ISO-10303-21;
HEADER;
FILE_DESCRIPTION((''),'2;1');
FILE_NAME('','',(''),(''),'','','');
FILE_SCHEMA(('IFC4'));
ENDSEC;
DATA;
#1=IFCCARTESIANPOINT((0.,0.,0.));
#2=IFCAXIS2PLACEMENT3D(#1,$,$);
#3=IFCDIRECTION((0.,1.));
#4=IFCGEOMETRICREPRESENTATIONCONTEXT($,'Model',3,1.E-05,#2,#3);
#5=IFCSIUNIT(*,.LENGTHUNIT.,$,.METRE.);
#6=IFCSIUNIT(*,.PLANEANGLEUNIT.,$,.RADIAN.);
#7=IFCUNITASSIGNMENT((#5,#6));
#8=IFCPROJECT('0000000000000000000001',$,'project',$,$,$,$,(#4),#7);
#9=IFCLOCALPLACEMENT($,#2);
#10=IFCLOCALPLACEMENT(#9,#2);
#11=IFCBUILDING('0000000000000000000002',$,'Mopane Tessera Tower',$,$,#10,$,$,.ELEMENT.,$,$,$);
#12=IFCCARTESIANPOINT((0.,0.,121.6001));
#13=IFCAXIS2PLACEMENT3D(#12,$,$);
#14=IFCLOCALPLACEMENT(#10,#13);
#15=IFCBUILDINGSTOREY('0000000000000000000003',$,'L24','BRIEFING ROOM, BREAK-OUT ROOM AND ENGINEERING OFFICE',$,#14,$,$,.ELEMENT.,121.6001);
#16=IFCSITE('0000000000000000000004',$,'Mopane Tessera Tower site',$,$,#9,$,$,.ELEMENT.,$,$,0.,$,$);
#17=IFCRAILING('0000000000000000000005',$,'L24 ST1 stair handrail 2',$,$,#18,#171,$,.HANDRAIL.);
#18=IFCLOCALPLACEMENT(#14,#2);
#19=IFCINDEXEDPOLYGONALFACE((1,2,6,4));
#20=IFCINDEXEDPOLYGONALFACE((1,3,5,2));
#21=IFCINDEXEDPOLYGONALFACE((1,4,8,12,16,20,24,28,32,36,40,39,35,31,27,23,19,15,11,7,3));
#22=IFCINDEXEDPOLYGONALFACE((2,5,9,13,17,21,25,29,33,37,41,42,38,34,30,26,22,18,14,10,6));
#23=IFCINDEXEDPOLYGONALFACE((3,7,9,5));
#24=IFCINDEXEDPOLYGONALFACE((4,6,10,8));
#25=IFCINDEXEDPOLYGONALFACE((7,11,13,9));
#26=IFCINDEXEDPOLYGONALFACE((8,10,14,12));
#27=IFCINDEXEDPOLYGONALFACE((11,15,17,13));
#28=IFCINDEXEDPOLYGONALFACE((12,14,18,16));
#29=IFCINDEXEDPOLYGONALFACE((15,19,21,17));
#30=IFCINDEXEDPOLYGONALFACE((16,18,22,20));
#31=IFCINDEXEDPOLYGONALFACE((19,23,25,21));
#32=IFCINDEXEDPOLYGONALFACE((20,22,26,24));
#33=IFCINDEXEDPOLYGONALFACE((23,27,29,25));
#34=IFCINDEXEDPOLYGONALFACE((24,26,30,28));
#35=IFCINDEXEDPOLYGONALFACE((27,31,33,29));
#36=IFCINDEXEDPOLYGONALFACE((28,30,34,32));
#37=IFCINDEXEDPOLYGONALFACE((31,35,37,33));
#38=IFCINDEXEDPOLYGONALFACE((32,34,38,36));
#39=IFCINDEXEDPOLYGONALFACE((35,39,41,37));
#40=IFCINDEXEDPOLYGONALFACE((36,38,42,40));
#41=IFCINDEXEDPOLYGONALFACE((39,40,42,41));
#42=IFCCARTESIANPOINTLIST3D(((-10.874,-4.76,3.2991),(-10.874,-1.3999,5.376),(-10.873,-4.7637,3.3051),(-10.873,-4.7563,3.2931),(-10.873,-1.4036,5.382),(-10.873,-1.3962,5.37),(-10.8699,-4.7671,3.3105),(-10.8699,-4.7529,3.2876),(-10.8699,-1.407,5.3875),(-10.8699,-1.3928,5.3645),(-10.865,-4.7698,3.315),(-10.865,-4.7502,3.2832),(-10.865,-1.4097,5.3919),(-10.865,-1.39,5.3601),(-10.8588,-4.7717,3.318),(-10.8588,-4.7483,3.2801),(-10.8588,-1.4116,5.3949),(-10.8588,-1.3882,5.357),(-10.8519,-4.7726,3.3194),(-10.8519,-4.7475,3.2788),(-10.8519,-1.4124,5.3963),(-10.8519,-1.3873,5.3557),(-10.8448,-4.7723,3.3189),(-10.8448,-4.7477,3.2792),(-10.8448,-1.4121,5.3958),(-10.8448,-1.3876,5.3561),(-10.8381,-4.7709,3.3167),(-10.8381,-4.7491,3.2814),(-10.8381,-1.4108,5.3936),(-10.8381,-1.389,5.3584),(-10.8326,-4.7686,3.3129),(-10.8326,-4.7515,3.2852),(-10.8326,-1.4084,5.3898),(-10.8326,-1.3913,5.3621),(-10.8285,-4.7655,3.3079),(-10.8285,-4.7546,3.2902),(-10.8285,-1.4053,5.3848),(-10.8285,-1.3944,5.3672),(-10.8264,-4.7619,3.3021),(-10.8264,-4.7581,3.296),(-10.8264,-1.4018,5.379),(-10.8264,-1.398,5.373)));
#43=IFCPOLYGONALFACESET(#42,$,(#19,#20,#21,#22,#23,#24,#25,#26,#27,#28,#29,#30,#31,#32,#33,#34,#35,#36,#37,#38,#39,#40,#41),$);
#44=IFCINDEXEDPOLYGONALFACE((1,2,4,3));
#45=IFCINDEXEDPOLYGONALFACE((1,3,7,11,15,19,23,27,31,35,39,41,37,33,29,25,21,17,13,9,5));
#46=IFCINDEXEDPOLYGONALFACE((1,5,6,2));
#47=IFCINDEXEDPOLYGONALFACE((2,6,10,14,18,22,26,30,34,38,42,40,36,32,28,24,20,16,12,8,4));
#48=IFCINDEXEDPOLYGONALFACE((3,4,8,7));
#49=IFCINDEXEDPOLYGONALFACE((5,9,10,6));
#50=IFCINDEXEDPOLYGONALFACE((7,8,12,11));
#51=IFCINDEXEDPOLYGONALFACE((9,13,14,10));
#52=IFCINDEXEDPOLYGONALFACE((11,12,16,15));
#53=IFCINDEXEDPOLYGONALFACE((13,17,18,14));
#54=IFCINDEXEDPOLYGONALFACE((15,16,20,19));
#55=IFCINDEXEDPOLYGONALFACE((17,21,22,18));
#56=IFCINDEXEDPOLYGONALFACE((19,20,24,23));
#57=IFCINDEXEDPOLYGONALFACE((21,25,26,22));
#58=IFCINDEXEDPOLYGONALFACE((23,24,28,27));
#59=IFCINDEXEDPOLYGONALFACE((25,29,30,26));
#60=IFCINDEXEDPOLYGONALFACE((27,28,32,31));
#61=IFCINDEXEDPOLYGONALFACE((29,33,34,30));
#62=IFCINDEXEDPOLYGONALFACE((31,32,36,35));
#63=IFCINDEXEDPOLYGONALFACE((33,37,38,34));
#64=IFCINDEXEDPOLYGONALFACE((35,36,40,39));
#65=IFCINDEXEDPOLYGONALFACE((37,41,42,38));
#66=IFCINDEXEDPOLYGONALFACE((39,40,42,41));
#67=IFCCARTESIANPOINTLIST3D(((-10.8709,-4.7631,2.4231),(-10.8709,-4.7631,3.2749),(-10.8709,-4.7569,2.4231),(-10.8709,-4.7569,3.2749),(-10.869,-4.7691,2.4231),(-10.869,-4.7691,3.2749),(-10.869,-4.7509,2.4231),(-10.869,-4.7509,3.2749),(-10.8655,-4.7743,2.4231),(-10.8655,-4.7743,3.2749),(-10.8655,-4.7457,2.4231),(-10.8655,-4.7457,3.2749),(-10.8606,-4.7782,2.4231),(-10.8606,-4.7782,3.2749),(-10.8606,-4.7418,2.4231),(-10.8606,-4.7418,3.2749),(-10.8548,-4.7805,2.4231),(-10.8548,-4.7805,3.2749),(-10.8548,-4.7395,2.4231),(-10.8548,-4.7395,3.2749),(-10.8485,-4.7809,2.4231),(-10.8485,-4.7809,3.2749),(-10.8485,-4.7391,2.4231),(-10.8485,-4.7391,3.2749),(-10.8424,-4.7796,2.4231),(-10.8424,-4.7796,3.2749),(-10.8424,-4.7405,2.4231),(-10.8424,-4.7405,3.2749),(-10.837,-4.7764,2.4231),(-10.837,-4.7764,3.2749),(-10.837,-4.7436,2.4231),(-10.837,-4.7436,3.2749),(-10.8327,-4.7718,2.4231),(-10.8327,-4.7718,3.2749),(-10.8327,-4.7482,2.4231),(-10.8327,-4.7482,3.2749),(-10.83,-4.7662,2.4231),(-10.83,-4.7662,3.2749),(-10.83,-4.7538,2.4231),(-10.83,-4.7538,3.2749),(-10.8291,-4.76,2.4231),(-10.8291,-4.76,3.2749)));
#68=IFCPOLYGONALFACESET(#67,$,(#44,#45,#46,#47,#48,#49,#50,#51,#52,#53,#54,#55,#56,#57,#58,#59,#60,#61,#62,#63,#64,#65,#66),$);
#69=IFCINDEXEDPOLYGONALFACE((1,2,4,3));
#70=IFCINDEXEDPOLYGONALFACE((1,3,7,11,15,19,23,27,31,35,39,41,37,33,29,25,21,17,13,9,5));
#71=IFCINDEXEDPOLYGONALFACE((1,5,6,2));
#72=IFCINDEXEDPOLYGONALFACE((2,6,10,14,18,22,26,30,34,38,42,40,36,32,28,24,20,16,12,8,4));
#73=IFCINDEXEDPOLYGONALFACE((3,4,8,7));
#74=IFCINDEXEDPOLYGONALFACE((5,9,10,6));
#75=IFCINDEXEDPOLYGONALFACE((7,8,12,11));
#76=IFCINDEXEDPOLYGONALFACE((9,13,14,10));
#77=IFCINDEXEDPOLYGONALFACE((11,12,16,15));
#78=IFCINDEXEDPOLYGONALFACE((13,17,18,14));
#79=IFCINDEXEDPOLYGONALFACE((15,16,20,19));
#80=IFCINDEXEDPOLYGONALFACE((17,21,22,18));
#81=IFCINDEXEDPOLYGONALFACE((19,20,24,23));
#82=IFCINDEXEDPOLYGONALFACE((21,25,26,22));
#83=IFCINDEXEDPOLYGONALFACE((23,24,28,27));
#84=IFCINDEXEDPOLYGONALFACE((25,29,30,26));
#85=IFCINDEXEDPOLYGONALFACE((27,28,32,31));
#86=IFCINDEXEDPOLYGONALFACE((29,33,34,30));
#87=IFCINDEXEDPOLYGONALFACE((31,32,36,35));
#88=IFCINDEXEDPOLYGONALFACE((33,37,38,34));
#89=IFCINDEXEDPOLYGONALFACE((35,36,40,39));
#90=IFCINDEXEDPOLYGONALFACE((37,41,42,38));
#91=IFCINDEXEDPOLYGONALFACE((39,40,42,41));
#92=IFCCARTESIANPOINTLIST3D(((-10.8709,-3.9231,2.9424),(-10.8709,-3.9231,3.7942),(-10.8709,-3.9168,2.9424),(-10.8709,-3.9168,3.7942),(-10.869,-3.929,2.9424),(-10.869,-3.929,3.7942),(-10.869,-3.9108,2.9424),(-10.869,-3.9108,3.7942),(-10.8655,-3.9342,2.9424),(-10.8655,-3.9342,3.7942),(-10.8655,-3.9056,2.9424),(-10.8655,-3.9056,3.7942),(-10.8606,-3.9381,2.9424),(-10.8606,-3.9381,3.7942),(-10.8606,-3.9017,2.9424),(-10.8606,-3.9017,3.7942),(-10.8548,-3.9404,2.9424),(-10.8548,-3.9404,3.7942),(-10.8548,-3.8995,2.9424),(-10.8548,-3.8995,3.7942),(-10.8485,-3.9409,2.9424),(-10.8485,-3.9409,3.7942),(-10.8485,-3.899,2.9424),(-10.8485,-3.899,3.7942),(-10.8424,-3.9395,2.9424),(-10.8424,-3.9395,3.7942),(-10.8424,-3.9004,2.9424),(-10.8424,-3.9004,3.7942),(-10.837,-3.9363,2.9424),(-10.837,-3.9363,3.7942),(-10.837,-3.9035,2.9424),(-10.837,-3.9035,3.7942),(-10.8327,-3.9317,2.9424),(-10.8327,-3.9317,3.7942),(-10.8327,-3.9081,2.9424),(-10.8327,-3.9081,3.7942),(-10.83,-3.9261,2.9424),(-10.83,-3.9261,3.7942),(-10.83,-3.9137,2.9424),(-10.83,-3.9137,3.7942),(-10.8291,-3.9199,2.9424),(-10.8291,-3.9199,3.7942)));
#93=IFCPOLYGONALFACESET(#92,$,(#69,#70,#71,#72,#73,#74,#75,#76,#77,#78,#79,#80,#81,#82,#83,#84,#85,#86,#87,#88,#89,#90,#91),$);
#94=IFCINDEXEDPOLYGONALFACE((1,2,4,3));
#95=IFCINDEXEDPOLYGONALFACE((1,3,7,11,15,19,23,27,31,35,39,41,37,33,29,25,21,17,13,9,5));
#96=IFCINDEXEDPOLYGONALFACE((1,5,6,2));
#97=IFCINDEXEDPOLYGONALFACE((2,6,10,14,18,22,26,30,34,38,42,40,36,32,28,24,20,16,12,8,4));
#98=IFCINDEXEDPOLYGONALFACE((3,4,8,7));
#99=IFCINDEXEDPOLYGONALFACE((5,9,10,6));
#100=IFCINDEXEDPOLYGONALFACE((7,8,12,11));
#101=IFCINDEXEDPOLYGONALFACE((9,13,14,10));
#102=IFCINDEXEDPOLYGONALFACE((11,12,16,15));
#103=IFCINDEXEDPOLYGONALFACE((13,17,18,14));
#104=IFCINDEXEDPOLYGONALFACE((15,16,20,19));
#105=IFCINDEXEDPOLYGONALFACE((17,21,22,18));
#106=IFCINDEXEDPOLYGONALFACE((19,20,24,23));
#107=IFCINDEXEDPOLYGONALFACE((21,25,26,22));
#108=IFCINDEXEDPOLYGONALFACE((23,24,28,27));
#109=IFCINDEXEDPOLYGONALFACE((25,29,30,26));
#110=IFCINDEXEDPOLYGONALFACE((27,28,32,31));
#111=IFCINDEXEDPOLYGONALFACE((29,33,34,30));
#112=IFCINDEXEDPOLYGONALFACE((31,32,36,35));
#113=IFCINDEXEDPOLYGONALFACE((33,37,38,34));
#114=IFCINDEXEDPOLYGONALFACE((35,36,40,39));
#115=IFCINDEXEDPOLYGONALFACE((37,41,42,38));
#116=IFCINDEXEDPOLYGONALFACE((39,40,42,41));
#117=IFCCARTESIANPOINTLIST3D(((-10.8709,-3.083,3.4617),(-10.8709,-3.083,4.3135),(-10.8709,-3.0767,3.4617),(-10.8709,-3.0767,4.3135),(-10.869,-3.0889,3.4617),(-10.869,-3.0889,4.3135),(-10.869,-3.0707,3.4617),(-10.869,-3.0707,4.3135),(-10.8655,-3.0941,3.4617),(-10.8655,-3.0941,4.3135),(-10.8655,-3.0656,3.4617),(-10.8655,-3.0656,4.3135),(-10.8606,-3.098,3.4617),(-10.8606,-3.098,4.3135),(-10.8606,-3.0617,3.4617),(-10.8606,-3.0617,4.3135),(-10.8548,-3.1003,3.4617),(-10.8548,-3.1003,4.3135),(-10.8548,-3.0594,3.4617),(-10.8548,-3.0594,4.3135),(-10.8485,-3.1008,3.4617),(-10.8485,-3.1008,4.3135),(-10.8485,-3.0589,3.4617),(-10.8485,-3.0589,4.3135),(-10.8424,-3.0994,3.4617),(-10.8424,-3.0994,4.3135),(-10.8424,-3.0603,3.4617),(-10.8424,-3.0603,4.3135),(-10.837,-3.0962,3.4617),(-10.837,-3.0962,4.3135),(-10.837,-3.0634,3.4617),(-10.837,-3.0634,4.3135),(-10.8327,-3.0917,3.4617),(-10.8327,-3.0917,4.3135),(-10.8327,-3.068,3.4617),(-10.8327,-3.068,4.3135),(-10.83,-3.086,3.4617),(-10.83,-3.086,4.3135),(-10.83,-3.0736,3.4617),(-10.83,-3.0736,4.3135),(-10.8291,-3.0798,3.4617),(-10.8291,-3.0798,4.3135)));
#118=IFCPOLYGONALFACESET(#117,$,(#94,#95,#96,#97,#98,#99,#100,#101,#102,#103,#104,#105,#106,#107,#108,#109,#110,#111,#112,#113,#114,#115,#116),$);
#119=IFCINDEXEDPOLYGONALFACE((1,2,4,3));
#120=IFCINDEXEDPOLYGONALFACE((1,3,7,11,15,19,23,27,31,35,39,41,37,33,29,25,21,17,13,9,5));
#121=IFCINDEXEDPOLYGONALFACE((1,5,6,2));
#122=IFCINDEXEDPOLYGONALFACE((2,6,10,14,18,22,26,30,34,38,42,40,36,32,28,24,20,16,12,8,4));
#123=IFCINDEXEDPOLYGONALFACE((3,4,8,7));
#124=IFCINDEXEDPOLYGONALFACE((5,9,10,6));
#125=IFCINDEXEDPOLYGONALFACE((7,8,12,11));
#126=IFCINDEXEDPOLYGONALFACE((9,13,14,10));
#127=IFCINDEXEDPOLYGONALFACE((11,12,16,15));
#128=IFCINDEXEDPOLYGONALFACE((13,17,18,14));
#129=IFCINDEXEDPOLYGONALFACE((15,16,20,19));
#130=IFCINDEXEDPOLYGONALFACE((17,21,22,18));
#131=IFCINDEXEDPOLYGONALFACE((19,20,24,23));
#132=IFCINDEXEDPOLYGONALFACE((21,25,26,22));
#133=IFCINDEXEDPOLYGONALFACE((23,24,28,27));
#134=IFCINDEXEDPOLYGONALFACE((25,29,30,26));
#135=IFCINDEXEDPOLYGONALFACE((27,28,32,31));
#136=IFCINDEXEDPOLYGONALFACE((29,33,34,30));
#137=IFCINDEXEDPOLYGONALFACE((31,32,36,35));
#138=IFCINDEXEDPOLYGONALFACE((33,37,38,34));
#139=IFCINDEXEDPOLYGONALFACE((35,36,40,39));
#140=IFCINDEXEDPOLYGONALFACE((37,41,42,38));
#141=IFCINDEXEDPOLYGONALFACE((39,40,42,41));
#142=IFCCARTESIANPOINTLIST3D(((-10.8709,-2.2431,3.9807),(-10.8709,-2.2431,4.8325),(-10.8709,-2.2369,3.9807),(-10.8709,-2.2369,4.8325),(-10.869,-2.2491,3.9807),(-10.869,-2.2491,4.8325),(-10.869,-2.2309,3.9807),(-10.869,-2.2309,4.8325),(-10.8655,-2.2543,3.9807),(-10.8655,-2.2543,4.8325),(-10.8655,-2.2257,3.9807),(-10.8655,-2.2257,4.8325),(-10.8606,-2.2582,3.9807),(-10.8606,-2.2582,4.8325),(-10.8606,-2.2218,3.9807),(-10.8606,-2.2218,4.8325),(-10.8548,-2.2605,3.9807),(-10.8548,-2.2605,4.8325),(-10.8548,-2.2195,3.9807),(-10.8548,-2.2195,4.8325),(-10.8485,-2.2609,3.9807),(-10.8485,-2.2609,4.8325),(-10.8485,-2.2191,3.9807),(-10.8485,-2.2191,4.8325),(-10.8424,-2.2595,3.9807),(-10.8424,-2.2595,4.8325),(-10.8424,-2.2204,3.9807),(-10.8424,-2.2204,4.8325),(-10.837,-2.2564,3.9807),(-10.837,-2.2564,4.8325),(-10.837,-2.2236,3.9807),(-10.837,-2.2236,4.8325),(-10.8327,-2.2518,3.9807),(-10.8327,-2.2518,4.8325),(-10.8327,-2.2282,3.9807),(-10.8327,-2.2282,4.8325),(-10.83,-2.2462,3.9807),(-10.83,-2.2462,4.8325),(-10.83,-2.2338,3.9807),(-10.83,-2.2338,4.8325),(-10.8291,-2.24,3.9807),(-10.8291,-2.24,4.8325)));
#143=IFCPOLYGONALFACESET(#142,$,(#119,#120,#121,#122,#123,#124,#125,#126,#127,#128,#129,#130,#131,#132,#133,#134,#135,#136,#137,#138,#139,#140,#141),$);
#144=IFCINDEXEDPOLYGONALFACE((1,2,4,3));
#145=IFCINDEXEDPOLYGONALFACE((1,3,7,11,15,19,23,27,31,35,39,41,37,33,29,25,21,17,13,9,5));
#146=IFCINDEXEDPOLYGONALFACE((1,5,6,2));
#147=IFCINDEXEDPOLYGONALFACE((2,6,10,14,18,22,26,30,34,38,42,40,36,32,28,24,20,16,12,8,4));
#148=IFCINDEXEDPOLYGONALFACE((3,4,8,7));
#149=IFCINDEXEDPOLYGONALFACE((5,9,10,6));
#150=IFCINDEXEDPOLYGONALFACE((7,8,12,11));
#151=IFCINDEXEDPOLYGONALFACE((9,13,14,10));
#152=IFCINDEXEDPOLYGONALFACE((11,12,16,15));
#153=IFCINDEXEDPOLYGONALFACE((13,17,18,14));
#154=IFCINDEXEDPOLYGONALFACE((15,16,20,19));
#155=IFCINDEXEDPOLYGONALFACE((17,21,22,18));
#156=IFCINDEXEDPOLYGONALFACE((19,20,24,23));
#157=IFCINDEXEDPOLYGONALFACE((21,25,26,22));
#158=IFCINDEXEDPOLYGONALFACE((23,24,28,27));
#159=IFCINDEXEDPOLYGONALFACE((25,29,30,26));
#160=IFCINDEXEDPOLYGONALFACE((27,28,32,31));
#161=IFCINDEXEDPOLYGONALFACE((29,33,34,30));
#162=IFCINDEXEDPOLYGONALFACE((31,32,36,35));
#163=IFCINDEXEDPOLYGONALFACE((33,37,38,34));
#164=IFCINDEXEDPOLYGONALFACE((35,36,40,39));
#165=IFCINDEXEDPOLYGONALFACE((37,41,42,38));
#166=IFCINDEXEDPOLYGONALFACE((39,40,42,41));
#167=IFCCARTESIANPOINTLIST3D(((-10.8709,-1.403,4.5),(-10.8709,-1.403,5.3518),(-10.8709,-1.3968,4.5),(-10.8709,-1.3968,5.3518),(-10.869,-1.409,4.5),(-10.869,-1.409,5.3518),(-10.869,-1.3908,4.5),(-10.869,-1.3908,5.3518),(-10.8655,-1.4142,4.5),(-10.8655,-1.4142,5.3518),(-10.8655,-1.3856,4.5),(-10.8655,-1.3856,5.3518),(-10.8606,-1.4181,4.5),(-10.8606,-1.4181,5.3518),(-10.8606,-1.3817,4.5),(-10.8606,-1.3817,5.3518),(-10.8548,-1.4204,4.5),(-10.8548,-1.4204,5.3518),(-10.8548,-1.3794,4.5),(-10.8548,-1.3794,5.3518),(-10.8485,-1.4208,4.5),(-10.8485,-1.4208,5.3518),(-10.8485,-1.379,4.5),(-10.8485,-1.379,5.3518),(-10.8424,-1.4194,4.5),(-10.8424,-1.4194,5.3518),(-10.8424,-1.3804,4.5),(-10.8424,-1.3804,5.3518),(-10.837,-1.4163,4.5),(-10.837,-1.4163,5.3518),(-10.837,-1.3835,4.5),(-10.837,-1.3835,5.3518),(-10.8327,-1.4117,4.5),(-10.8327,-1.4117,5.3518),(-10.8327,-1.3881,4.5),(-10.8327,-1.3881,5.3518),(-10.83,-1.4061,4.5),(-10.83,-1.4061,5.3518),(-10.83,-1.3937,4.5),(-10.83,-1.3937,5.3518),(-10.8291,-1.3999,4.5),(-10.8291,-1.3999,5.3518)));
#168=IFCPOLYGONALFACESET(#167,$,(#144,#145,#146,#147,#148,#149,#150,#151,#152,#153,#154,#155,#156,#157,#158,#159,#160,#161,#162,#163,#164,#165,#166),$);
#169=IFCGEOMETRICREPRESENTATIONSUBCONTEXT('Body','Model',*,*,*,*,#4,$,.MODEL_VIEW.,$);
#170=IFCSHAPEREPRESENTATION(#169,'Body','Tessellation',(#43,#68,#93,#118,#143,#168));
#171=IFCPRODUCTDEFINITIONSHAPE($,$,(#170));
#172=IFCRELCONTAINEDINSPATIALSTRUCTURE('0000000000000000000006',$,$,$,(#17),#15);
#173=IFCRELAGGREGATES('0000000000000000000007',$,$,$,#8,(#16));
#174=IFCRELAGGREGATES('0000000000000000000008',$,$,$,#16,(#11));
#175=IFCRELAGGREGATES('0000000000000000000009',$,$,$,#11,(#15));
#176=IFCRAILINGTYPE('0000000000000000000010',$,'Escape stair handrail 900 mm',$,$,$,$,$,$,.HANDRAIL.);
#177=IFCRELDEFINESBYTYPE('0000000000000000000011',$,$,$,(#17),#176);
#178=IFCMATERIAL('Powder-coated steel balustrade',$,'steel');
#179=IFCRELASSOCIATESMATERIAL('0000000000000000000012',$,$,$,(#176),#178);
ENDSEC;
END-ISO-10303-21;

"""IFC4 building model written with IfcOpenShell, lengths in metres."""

from ifc_helpers import new_model, si_unit, direction, frame, origin, origin_2d, place, context, subcontext, project, spatial, circle, extrude, material, type_object, element, save


model = new_model("IFC4")

# Units and contexts
model_context = context("Model", 3, precision=1e-05, world=origin(), true_north=direction((0.0, 1.0)))
body_context = subcontext(model_context, "Body", "Model", "MODEL_VIEW")
ifc_project = project(units=[si_unit("LENGTHUNIT", "METRE"), si_unit("PLANEANGLEUNIT", "RADIAN")], contexts=[model_context])

# Site, building, storey
site_placement = place(None, origin())
site = spatial("IfcSite", under=ifc_project, at=site_placement, Name="Mopane Tessera Tower site", CompositionType="ELEMENT", RefElevation=0.0)
building_placement = place(site_placement, origin())
building = spatial("IfcBuilding", under=site, at=building_placement, Name="Mopane Tessera Tower", CompositionType="ELEMENT")
storey_placement = place(building_placement, frame((0.0, 0.0, 121.6001)))
storey = spatial("IfcBuildingStorey", under=building, at=storey_placement, Name="L24", Description="BRIEFING ROOM, BREAK-OUT ROOM AND ENGINEERING OFFICE", CompositionType="ELEMENT", Elevation=121.6001)

# Railing
ifc_material_1 = material(Name="Powder-coated steel balustrade", Category="steel")
railing_type_1 = type_object("IfcRailingType", Name="Escape stair handrail 900 mm", PredefinedType="HANDRAIL", material=ifc_material_1)
railing_1_placement = place(storey_placement, frame((-10.8501, -4.76, 2.4231)))
element("IfcRailing", 1, at=railing_1_placement, inside=storey, type_object=railing_type_1, Name="L24 ST1 stair handrail 2", PredefinedType="HANDRAIL", context=body_context, shape_type="SweptSolid", body=[
    extrude(circle(Radius=0.0239, at=origin_2d()), frame((0.0, 0.0, 0.876), z_axis=(0.0, 0.850623, 0.525776), x_axis=(-1.0, 0.0, 0.0)), (0.0, 0.0, 1.0), 3.9502),
    extrude(circle(Radius=0.021, at=origin_2d()), origin(), (0.0, 0.0, 1.0), 0.8518),
    extrude(circle(Radius=0.021, at=origin_2d()), frame((0.0, 0.8401, 0.5193)), (0.0, 0.0, 1.0), 0.8518),
    extrude(circle(Radius=0.021, at=origin_2d()), frame((0.0, 1.6802, 1.0386)), (0.0, 0.0, 1.0), 0.8518),
    extrude(circle(Radius=0.021, at=origin_2d()), frame((0.0, 2.52, 1.5576)), (0.0, 0.0, 1.0), 0.8518),
    extrude(circle(Radius=0.021, at=origin_2d()), frame((0.0, 3.3601, 2.0769)), (0.0, 0.0, 1.0), 0.8518),
])

save(model, "model.ifc")
